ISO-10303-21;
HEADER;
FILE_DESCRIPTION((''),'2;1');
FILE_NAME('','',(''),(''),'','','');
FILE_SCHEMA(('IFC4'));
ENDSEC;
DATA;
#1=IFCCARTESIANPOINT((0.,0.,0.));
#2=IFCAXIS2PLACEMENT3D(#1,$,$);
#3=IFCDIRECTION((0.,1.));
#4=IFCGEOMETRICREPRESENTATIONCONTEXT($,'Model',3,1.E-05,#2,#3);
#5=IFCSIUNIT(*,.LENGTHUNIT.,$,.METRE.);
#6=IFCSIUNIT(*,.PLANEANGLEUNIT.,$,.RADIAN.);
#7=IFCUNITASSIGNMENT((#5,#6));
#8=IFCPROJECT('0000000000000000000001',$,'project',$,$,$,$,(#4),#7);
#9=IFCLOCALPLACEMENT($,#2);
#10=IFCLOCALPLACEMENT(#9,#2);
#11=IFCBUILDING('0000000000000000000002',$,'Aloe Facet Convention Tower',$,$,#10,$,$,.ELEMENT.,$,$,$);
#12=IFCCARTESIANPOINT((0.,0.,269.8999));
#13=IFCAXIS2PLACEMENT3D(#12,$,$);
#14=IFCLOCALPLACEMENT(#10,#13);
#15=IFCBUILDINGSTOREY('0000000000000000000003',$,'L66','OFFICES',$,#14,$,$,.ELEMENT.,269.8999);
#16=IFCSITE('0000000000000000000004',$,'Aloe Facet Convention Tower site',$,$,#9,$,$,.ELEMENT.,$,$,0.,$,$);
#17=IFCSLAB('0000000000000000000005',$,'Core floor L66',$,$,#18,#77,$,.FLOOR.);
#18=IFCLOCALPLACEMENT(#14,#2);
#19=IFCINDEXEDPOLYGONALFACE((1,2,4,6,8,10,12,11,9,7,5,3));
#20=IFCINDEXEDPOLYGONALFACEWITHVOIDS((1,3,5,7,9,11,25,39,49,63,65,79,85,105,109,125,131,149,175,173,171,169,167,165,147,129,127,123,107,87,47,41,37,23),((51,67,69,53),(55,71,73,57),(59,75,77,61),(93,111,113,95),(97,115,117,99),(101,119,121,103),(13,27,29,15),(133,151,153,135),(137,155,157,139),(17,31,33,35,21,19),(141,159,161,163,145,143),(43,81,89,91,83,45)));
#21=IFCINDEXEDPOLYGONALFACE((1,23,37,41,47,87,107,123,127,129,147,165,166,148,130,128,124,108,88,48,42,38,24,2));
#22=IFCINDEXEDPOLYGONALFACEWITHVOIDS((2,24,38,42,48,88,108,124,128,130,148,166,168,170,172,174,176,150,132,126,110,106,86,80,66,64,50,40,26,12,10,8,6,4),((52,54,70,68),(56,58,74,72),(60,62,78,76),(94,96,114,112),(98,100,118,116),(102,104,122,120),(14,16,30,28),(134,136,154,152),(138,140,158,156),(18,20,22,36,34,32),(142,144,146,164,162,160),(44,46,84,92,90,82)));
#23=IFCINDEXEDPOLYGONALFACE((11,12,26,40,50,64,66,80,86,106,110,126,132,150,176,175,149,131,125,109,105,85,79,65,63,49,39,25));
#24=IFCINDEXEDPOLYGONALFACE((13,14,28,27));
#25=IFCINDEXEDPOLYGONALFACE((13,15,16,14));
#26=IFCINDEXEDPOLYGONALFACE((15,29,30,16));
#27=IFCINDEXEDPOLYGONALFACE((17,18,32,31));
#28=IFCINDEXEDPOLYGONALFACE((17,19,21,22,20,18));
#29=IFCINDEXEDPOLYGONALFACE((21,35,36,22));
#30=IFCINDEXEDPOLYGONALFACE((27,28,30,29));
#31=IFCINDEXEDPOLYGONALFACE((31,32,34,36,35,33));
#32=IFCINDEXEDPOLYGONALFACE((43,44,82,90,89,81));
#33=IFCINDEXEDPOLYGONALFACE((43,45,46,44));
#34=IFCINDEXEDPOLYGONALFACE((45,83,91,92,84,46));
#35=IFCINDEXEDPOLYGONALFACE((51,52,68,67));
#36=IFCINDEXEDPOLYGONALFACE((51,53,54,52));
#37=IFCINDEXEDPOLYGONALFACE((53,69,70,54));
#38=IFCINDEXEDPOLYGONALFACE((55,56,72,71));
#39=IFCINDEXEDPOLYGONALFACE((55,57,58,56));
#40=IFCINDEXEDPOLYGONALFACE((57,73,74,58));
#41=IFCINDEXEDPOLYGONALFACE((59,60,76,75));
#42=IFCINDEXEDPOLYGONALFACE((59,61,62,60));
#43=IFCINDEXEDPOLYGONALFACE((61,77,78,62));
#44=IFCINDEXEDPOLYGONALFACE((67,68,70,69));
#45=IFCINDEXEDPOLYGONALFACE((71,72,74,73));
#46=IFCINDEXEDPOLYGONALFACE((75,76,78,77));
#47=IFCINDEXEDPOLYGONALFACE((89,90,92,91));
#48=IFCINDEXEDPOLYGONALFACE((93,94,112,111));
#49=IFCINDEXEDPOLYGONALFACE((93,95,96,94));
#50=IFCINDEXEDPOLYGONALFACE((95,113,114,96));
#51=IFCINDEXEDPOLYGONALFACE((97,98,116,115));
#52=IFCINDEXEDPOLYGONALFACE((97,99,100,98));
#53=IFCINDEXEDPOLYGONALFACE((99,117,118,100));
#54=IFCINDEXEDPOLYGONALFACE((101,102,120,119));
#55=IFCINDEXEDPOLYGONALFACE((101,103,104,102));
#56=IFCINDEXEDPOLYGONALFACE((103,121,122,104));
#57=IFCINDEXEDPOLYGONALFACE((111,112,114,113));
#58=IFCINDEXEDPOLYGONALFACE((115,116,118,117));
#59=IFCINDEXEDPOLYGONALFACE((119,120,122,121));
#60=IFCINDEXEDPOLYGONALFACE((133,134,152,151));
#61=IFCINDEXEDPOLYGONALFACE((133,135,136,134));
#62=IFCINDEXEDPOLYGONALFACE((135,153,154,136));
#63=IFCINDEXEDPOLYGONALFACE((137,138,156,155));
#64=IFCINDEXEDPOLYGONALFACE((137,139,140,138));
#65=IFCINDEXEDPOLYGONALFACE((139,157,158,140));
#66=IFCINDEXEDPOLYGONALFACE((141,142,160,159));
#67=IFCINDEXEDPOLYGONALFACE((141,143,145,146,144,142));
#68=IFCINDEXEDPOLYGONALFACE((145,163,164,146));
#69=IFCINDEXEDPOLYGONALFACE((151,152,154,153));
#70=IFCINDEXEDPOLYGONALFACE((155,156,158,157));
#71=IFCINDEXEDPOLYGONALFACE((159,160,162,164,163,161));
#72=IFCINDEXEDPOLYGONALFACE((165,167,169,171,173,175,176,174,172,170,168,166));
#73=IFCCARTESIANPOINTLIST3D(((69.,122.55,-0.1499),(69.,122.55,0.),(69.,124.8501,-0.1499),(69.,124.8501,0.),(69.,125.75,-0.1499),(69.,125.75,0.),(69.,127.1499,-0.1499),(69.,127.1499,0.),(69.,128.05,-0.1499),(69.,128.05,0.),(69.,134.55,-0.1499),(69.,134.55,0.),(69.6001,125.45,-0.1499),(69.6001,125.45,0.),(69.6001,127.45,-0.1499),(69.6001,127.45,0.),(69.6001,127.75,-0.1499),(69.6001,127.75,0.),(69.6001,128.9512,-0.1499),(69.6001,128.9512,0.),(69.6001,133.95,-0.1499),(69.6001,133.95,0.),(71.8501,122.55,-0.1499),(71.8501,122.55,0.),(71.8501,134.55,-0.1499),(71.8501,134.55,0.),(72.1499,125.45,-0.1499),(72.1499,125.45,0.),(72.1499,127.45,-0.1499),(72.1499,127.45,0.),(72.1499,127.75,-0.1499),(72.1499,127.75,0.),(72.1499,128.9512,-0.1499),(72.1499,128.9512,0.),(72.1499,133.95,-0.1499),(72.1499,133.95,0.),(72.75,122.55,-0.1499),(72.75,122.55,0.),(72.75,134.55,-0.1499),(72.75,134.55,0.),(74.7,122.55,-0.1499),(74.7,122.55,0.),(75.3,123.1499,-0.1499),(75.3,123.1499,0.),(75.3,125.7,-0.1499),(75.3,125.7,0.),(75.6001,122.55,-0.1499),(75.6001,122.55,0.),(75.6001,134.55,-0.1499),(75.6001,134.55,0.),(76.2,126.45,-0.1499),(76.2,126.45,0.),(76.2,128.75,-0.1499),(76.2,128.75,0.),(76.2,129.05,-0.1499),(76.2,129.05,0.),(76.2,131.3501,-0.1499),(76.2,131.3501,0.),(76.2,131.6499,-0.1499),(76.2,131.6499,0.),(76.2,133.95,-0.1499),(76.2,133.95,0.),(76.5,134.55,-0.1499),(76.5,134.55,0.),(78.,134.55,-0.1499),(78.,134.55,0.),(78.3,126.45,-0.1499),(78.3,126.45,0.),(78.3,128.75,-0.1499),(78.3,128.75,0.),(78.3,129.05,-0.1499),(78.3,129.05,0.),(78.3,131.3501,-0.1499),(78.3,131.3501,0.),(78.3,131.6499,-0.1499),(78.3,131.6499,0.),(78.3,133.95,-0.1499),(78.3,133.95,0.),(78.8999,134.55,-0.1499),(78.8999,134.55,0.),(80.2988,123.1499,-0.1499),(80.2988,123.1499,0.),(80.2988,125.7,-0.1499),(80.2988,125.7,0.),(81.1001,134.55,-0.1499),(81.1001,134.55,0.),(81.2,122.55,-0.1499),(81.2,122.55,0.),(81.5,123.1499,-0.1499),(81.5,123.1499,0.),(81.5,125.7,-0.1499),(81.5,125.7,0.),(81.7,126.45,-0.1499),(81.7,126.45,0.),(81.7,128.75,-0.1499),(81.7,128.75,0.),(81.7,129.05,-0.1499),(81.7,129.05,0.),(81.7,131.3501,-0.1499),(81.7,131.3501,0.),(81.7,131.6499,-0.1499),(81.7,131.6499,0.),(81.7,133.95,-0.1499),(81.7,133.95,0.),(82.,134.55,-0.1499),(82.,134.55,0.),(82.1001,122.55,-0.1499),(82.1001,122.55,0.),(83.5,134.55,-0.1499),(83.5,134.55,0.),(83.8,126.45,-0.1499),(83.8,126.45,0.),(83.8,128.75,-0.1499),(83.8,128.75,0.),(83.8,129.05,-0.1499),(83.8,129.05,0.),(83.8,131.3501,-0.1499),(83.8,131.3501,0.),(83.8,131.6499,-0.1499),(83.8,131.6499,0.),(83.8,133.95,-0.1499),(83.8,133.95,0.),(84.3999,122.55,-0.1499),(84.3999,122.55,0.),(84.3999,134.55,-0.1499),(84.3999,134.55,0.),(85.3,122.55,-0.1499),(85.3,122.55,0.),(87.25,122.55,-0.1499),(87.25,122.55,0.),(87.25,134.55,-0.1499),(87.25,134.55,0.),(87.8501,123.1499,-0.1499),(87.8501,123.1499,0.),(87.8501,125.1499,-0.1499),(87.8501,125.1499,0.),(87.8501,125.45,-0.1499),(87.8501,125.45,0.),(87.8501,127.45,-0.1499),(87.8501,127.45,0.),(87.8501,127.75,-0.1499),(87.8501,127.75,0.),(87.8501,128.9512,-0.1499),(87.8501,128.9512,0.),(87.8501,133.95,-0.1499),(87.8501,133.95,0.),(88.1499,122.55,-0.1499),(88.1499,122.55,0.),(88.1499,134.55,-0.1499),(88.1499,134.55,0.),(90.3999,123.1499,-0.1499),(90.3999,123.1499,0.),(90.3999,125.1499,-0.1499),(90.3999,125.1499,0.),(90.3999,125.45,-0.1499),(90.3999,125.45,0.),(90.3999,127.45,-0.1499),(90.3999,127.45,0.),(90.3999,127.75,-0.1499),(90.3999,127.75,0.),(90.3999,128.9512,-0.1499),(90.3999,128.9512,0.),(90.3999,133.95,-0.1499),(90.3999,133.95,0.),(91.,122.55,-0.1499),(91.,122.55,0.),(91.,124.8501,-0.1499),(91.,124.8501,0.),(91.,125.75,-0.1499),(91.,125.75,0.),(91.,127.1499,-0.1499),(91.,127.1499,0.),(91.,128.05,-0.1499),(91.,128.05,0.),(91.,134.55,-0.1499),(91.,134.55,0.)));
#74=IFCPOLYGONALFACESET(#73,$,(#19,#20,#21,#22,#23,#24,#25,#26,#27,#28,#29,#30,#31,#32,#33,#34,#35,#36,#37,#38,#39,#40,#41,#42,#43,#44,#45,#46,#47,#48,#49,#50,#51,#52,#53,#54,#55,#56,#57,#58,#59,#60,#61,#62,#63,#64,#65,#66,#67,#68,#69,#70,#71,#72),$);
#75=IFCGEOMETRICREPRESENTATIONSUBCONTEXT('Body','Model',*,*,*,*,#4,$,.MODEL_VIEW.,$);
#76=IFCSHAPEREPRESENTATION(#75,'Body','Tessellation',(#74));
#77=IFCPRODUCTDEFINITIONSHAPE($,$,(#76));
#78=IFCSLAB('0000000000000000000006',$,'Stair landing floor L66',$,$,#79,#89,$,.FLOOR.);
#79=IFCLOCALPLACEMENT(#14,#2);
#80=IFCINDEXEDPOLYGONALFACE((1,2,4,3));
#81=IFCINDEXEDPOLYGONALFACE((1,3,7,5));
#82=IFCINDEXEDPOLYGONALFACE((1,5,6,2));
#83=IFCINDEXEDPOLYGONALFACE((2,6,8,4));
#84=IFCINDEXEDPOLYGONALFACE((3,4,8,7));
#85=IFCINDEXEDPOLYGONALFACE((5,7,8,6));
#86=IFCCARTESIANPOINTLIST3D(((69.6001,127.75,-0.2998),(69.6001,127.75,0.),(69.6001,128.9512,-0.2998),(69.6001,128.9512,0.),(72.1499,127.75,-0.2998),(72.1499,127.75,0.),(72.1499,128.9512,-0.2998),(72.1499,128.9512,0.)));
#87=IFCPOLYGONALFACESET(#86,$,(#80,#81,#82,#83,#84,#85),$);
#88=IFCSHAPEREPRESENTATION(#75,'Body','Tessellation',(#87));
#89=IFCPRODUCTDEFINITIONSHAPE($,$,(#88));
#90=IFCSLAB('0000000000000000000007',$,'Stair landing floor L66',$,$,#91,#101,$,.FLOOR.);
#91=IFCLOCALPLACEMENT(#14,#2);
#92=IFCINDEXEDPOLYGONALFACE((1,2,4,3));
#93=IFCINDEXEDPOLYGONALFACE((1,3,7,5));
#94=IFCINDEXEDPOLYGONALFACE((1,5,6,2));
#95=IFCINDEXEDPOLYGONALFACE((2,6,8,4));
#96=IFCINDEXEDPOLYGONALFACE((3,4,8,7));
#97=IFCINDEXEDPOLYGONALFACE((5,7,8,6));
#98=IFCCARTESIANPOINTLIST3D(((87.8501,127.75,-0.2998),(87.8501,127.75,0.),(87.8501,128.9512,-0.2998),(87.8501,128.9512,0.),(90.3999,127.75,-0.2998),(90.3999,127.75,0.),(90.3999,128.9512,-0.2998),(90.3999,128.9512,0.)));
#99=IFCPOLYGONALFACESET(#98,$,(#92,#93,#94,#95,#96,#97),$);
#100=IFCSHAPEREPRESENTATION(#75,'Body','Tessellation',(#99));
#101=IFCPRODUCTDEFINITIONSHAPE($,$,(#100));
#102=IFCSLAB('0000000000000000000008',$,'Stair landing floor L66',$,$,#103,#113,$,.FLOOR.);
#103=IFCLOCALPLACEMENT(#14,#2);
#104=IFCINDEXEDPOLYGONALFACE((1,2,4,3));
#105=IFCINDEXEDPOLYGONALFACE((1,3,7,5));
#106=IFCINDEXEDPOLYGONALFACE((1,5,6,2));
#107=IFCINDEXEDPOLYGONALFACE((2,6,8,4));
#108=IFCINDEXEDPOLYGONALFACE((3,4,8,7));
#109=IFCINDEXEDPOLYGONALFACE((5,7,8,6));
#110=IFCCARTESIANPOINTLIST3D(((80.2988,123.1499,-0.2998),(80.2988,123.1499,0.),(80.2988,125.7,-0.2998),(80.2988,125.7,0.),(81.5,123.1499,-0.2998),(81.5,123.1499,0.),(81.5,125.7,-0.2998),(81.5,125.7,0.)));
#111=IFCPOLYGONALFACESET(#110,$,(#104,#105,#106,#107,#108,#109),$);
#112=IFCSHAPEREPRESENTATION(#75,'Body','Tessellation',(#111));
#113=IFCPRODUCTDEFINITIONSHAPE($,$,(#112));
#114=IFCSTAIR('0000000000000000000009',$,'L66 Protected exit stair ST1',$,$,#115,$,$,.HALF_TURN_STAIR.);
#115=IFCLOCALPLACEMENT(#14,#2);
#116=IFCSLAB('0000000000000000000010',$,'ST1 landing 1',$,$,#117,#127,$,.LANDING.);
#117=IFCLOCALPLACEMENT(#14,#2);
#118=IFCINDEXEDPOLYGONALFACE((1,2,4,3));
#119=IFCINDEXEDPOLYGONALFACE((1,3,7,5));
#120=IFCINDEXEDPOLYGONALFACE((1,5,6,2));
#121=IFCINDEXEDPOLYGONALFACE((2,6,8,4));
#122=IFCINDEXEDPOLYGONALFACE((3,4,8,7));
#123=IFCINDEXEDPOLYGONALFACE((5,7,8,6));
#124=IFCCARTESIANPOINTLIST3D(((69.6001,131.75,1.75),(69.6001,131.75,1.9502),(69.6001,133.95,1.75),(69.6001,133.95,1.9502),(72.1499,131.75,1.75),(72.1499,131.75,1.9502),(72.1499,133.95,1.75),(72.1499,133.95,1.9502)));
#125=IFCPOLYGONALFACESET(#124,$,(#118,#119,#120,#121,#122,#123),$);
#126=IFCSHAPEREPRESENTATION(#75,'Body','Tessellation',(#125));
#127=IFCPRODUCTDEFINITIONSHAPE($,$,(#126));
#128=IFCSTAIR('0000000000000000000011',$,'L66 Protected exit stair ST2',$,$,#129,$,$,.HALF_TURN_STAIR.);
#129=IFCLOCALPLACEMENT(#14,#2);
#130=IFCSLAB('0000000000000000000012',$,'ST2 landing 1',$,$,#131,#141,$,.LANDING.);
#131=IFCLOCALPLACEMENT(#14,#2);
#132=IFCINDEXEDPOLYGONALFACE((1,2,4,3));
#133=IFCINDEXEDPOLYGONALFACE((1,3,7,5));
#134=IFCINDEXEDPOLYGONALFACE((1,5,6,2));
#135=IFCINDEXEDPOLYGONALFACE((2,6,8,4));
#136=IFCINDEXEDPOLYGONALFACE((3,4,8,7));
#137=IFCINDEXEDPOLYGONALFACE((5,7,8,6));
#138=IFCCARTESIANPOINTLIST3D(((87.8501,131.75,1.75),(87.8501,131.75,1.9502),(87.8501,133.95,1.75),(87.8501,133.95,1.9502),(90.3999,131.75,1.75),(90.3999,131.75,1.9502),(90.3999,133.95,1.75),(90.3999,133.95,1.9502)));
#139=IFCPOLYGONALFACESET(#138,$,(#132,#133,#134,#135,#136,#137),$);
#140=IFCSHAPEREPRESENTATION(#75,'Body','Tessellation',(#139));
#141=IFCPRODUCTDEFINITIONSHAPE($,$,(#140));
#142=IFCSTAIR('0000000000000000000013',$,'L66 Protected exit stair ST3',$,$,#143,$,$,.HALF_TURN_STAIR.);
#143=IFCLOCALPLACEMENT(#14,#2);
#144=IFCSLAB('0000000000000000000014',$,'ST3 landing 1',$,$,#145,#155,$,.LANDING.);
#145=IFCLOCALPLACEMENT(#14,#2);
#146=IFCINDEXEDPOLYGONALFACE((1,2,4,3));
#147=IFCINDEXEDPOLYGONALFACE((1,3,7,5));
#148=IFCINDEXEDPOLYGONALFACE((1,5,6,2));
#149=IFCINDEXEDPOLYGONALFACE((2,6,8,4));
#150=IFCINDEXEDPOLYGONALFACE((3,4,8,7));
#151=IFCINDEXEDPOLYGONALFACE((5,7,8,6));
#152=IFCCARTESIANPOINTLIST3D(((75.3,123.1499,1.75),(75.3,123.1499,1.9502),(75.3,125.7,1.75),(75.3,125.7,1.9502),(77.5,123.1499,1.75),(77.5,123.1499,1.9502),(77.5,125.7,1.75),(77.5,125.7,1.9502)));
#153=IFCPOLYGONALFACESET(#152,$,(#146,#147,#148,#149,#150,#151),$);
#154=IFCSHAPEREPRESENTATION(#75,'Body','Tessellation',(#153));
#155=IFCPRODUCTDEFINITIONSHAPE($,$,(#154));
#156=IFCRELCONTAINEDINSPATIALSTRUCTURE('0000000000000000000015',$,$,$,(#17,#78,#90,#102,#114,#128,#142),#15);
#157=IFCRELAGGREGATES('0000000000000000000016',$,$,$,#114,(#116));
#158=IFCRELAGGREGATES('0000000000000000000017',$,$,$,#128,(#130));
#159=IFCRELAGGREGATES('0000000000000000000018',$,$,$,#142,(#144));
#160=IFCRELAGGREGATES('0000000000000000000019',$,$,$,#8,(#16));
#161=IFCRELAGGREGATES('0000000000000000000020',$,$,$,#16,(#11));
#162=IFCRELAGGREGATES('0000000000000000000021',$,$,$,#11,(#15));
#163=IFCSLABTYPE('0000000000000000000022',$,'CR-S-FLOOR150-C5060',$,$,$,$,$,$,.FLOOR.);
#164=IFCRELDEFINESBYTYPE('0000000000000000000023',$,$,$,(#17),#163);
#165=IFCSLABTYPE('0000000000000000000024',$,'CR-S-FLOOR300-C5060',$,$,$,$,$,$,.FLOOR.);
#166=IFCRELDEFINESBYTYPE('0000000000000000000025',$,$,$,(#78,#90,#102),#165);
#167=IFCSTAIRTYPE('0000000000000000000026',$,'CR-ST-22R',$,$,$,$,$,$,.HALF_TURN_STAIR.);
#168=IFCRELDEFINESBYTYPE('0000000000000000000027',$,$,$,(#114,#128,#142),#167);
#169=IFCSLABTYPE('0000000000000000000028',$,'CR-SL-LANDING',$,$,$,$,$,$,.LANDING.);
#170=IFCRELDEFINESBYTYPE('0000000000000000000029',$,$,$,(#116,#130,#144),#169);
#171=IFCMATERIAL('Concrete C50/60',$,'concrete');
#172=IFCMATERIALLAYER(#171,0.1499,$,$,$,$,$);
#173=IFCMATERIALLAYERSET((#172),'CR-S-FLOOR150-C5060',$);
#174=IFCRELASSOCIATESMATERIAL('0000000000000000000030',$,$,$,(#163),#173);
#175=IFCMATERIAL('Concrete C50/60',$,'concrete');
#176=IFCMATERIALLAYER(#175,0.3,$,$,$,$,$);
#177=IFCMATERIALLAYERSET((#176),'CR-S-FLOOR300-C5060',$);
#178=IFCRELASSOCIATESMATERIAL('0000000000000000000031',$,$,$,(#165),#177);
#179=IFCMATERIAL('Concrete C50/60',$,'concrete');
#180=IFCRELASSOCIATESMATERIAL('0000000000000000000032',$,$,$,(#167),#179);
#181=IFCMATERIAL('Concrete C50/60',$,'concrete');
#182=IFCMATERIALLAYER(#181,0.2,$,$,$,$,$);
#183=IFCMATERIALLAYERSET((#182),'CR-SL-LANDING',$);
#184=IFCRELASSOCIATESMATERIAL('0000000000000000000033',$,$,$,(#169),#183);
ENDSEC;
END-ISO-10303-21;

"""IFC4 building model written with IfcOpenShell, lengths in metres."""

from ifc_helpers import new_model, si_unit, direction, frame, origin, place, context, subcontext, project, spatial, polyline, outline, extrude, material, layer, layer_set, type_object, element, aggregate, save


model = new_model("IFC4")

# Units and contexts
model_context = context("Model", 3, precision=1e-05, world=origin(), true_north=direction((0.0, 1.0)))
body_context = subcontext(model_context, "Body", "Model", "MODEL_VIEW")
ifc_project = project(units=[si_unit("LENGTHUNIT", "METRE"), si_unit("PLANEANGLEUNIT", "RADIAN")], contexts=[model_context])

# Site, building, storey
site_placement = place(None, origin())
site = spatial("IfcSite", under=ifc_project, at=site_placement, Name="Aloe Facet Convention Tower site", CompositionType="ELEMENT", RefElevation=0.0)
building_placement = place(site_placement, origin())
building = spatial("IfcBuilding", under=site, at=building_placement, Name="Aloe Facet Convention Tower", CompositionType="ELEMENT")
storey_placement = place(building_placement, frame((0.0, 0.0, 269.8999)))
storey = spatial("IfcBuildingStorey", under=building, at=storey_placement, Name="L66", Description="OFFICES", CompositionType="ELEMENT", Elevation=269.8999)

# Slabs
ifc_material_1 = material(Name="Concrete C50/60", Category="concrete")
ifc_layer_1 = layer(ifc_material_1, 0.1499)
ifc_layer_set_1 = layer_set([ifc_layer_1], Name="CR-S-FLOOR150-C5060")
slab_type_1 = type_object("IfcSlabType", Name="CR-S-FLOOR150-C5060", PredefinedType="FLOOR", material=ifc_layer_set_1)
slab_1_placement = place(storey_placement, frame((0.0, 0.0, -0.1499)))
element("IfcSlab", 1, at=slab_1_placement, inside=storey, type_object=slab_type_1, Name="Core floor L66", PredefinedType="FLOOR", context=body_context, shape_type="SweptSolid", body=[
    extrude(outline(polyline([(71.8501, 134.55), (72.75, 134.55), (75.6001, 134.55), (76.5, 134.55), (78.0, 134.55), (78.8999, 134.55), (81.1001, 134.55), (82.0, 134.55), (83.5, 134.55), (84.3999, 134.55), (87.25, 134.55), (88.1499, 134.55), (91.0, 134.55), (91.0, 128.05), (91.0, 127.1499), (91.0, 125.75), (91.0, 124.8501), (91.0, 122.55), (88.1499, 122.55), (87.25, 122.55), (85.3, 122.55), (84.3999, 122.55), (82.1001, 122.55), (81.2, 122.55), (75.6001, 122.55), (74.7, 122.55), (72.75, 122.55), (71.8501, 122.55), (69.0, 122.55), (69.0, 124.8501), (69.0, 125.75), (69.0, 127.1499), (69.0, 128.05), (69.0, 134.55), (71.8501, 134.55)]), holes=[polyline([(80.2988, 123.1499), (81.5, 123.1499), (81.5, 125.7), (80.2988, 125.7), (75.3, 125.7), (75.3, 123.1499), (80.2988, 123.1499)]), polyline([(69.6001, 125.45), (72.1499, 125.45), (72.1499, 127.45), (69.6001, 127.45), (69.6001, 125.45)]), polyline([(76.2, 126.45), (78.3, 126.45), (78.3, 128.75), (76.2, 128.75), (76.2, 126.45)]), polyline([(78.3, 129.05), (78.3, 131.3501), (76.2, 131.3501), (76.2, 129.05), (78.3, 129.05)]), polyline([(69.6001, 133.95), (69.6001, 128.9512), (69.6001, 127.75), (72.1499, 127.75), (72.1499, 128.9512), (72.1499, 133.95), (69.6001, 133.95)]), polyline([(76.2, 131.6499), (78.3, 131.6499), (78.3, 133.95), (76.2, 133.95), (76.2, 131.6499)]), polyline([(90.3999, 123.1499), (90.3999, 125.1499), (87.8501, 125.1499), (87.8501, 123.1499), (90.3999, 123.1499)]), polyline([(87.8501, 125.45), (90.3999, 125.45), (90.3999, 127.45), (87.8501, 127.45), (87.8501, 125.45)]), polyline([(81.7, 126.45), (83.8, 126.45), (83.8, 128.75), (81.7, 128.75), (81.7, 126.45)]), polyline([(83.8, 129.05), (83.8, 131.3501), (81.7, 131.3501), (81.7, 129.05), (83.8, 129.05)]), polyline([(87.8501, 133.95), (87.8501, 128.9512), (87.8501, 127.75), (90.3999, 127.75), (90.3999, 128.9512), (90.3999, 133.95), (87.8501, 133.95)]), polyline([(81.7, 131.6499), (83.8, 131.6499), (83.8, 133.95), (81.7, 133.95), (81.7, 131.6499)])]), origin(), (0.0, 0.0, 1.0), 0.1499),
])
ifc_material_2 = material(Name="Concrete C50/60", Category="concrete")
ifc_layer_2 = layer(ifc_material_2, 0.3)
ifc_layer_set_2 = layer_set([ifc_layer_2], Name="CR-S-FLOOR300-C5060")
slab_type_2 = type_object("IfcSlabType", Name="CR-S-FLOOR300-C5060", PredefinedType="FLOOR", material=ifc_layer_set_2)
slab_2_placement = place(storey_placement, frame((0.0, 0.0, -0.2998)))
element("IfcSlab", 2, at=slab_2_placement, inside=storey, type_object=slab_type_2, Name="Stair landing floor L66", PredefinedType="FLOOR", context=body_context, shape_type="SweptSolid", body=[
    extrude(outline(polyline([(72.1499, 127.75), (72.1499, 128.9512), (69.6001, 128.9512), (69.6001, 127.75), (72.1499, 127.75)])), origin(), (0.0, 0.0, 1.0), 0.2998),
])
slab_3_placement = place(storey_placement, frame((0.0, 0.0, -0.2998)))
element("IfcSlab", 3, at=slab_3_placement, inside=storey, type_object=slab_type_2, Name="Stair landing floor L66", PredefinedType="FLOOR", context=body_context, shape_type="SweptSolid", body=[
    extrude(outline(polyline([(90.3999, 127.75), (90.3999, 128.9512), (87.8501, 128.9512), (87.8501, 127.75), (90.3999, 127.75)])), origin(), (0.0, 0.0, 1.0), 0.2998),
])
slab_4_placement = place(storey_placement, frame((0.0, 0.0, -0.2998)))
element("IfcSlab", 4, at=slab_4_placement, inside=storey, type_object=slab_type_2, Name="Stair landing floor L66", PredefinedType="FLOOR", context=body_context, shape_type="SweptSolid", body=[
    extrude(outline(polyline([(81.5, 125.7), (80.2988, 125.7), (80.2988, 123.1499), (81.5, 123.1499), (81.5, 125.7)])), origin(), (0.0, 0.0, 1.0), 0.2998),
])

# Stairs, slabs
ifc_material_3 = material(Name="Concrete C50/60", Category="concrete")
stair_type = type_object("IfcStairType", Name="CR-ST-22R", PredefinedType="HALF_TURN_STAIR", material=ifc_material_3)
stair_1_placement = place(storey_placement, origin())
stair_1 = element("IfcStair", 5, at=stair_1_placement, inside=storey, type_object=stair_type, Name="L66 Protected exit stair ST1", PredefinedType="HALF_TURN_STAIR")
ifc_material_4 = material(Name="Concrete C50/60", Category="concrete")
ifc_layer_3 = layer(ifc_material_4, 0.2)
ifc_layer_set_3 = layer_set([ifc_layer_3], Name="CR-SL-LANDING")
slab_type_3 = type_object("IfcSlabType", Name="CR-SL-LANDING", PredefinedType="LANDING", material=ifc_layer_set_3)
slab_5_placement = place(storey_placement, frame((0.0, 0.0, 1.75)))
slab_5 = element("IfcSlab", 6, at=slab_5_placement, type_object=slab_type_3, Name="ST1 landing 1", PredefinedType="LANDING", context=body_context, shape_type="SweptSolid", body=[
    extrude(outline(polyline([(72.1499, 131.75), (72.1499, 133.95), (69.6001, 133.95), (69.6001, 131.75), (72.1499, 131.75)])), origin(), (0.0, 0.0, 1.0), 0.2002),
])
aggregate(stair_1, [slab_5])
stair_2_placement = place(storey_placement, origin())
stair_2 = element("IfcStair", 7, at=stair_2_placement, inside=storey, type_object=stair_type, Name="L66 Protected exit stair ST2", PredefinedType="HALF_TURN_STAIR")
slab_6_placement = place(storey_placement, frame((0.0, 0.0, 1.75)))
slab_6 = element("IfcSlab", 8, at=slab_6_placement, type_object=slab_type_3, Name="ST2 landing 1", PredefinedType="LANDING", context=body_context, shape_type="SweptSolid", body=[
    extrude(outline(polyline([(90.3999, 131.75), (90.3999, 133.95), (87.8501, 133.95), (87.8501, 131.75), (90.3999, 131.75)])), origin(), (0.0, 0.0, 1.0), 0.2002),
])
aggregate(stair_2, [slab_6])
stair_3_placement = place(storey_placement, origin())
stair_3 = element("IfcStair", 9, at=stair_3_placement, inside=storey, type_object=stair_type, Name="L66 Protected exit stair ST3", PredefinedType="HALF_TURN_STAIR")
slab_7_placement = place(storey_placement, frame((0.0, 0.0, 1.75)))
slab_7 = element("IfcSlab", 10, at=slab_7_placement, type_object=slab_type_3, Name="ST3 landing 1", PredefinedType="LANDING", context=body_context, shape_type="SweptSolid", body=[
    extrude(outline(polyline([(77.5, 125.7), (75.3, 125.7), (75.3, 123.1499), (77.5, 123.1499), (77.5, 125.7)])), origin(), (0.0, 0.0, 1.0), 0.2002),
])
aggregate(stair_3, [slab_7])

save(model, "model.ifc")
